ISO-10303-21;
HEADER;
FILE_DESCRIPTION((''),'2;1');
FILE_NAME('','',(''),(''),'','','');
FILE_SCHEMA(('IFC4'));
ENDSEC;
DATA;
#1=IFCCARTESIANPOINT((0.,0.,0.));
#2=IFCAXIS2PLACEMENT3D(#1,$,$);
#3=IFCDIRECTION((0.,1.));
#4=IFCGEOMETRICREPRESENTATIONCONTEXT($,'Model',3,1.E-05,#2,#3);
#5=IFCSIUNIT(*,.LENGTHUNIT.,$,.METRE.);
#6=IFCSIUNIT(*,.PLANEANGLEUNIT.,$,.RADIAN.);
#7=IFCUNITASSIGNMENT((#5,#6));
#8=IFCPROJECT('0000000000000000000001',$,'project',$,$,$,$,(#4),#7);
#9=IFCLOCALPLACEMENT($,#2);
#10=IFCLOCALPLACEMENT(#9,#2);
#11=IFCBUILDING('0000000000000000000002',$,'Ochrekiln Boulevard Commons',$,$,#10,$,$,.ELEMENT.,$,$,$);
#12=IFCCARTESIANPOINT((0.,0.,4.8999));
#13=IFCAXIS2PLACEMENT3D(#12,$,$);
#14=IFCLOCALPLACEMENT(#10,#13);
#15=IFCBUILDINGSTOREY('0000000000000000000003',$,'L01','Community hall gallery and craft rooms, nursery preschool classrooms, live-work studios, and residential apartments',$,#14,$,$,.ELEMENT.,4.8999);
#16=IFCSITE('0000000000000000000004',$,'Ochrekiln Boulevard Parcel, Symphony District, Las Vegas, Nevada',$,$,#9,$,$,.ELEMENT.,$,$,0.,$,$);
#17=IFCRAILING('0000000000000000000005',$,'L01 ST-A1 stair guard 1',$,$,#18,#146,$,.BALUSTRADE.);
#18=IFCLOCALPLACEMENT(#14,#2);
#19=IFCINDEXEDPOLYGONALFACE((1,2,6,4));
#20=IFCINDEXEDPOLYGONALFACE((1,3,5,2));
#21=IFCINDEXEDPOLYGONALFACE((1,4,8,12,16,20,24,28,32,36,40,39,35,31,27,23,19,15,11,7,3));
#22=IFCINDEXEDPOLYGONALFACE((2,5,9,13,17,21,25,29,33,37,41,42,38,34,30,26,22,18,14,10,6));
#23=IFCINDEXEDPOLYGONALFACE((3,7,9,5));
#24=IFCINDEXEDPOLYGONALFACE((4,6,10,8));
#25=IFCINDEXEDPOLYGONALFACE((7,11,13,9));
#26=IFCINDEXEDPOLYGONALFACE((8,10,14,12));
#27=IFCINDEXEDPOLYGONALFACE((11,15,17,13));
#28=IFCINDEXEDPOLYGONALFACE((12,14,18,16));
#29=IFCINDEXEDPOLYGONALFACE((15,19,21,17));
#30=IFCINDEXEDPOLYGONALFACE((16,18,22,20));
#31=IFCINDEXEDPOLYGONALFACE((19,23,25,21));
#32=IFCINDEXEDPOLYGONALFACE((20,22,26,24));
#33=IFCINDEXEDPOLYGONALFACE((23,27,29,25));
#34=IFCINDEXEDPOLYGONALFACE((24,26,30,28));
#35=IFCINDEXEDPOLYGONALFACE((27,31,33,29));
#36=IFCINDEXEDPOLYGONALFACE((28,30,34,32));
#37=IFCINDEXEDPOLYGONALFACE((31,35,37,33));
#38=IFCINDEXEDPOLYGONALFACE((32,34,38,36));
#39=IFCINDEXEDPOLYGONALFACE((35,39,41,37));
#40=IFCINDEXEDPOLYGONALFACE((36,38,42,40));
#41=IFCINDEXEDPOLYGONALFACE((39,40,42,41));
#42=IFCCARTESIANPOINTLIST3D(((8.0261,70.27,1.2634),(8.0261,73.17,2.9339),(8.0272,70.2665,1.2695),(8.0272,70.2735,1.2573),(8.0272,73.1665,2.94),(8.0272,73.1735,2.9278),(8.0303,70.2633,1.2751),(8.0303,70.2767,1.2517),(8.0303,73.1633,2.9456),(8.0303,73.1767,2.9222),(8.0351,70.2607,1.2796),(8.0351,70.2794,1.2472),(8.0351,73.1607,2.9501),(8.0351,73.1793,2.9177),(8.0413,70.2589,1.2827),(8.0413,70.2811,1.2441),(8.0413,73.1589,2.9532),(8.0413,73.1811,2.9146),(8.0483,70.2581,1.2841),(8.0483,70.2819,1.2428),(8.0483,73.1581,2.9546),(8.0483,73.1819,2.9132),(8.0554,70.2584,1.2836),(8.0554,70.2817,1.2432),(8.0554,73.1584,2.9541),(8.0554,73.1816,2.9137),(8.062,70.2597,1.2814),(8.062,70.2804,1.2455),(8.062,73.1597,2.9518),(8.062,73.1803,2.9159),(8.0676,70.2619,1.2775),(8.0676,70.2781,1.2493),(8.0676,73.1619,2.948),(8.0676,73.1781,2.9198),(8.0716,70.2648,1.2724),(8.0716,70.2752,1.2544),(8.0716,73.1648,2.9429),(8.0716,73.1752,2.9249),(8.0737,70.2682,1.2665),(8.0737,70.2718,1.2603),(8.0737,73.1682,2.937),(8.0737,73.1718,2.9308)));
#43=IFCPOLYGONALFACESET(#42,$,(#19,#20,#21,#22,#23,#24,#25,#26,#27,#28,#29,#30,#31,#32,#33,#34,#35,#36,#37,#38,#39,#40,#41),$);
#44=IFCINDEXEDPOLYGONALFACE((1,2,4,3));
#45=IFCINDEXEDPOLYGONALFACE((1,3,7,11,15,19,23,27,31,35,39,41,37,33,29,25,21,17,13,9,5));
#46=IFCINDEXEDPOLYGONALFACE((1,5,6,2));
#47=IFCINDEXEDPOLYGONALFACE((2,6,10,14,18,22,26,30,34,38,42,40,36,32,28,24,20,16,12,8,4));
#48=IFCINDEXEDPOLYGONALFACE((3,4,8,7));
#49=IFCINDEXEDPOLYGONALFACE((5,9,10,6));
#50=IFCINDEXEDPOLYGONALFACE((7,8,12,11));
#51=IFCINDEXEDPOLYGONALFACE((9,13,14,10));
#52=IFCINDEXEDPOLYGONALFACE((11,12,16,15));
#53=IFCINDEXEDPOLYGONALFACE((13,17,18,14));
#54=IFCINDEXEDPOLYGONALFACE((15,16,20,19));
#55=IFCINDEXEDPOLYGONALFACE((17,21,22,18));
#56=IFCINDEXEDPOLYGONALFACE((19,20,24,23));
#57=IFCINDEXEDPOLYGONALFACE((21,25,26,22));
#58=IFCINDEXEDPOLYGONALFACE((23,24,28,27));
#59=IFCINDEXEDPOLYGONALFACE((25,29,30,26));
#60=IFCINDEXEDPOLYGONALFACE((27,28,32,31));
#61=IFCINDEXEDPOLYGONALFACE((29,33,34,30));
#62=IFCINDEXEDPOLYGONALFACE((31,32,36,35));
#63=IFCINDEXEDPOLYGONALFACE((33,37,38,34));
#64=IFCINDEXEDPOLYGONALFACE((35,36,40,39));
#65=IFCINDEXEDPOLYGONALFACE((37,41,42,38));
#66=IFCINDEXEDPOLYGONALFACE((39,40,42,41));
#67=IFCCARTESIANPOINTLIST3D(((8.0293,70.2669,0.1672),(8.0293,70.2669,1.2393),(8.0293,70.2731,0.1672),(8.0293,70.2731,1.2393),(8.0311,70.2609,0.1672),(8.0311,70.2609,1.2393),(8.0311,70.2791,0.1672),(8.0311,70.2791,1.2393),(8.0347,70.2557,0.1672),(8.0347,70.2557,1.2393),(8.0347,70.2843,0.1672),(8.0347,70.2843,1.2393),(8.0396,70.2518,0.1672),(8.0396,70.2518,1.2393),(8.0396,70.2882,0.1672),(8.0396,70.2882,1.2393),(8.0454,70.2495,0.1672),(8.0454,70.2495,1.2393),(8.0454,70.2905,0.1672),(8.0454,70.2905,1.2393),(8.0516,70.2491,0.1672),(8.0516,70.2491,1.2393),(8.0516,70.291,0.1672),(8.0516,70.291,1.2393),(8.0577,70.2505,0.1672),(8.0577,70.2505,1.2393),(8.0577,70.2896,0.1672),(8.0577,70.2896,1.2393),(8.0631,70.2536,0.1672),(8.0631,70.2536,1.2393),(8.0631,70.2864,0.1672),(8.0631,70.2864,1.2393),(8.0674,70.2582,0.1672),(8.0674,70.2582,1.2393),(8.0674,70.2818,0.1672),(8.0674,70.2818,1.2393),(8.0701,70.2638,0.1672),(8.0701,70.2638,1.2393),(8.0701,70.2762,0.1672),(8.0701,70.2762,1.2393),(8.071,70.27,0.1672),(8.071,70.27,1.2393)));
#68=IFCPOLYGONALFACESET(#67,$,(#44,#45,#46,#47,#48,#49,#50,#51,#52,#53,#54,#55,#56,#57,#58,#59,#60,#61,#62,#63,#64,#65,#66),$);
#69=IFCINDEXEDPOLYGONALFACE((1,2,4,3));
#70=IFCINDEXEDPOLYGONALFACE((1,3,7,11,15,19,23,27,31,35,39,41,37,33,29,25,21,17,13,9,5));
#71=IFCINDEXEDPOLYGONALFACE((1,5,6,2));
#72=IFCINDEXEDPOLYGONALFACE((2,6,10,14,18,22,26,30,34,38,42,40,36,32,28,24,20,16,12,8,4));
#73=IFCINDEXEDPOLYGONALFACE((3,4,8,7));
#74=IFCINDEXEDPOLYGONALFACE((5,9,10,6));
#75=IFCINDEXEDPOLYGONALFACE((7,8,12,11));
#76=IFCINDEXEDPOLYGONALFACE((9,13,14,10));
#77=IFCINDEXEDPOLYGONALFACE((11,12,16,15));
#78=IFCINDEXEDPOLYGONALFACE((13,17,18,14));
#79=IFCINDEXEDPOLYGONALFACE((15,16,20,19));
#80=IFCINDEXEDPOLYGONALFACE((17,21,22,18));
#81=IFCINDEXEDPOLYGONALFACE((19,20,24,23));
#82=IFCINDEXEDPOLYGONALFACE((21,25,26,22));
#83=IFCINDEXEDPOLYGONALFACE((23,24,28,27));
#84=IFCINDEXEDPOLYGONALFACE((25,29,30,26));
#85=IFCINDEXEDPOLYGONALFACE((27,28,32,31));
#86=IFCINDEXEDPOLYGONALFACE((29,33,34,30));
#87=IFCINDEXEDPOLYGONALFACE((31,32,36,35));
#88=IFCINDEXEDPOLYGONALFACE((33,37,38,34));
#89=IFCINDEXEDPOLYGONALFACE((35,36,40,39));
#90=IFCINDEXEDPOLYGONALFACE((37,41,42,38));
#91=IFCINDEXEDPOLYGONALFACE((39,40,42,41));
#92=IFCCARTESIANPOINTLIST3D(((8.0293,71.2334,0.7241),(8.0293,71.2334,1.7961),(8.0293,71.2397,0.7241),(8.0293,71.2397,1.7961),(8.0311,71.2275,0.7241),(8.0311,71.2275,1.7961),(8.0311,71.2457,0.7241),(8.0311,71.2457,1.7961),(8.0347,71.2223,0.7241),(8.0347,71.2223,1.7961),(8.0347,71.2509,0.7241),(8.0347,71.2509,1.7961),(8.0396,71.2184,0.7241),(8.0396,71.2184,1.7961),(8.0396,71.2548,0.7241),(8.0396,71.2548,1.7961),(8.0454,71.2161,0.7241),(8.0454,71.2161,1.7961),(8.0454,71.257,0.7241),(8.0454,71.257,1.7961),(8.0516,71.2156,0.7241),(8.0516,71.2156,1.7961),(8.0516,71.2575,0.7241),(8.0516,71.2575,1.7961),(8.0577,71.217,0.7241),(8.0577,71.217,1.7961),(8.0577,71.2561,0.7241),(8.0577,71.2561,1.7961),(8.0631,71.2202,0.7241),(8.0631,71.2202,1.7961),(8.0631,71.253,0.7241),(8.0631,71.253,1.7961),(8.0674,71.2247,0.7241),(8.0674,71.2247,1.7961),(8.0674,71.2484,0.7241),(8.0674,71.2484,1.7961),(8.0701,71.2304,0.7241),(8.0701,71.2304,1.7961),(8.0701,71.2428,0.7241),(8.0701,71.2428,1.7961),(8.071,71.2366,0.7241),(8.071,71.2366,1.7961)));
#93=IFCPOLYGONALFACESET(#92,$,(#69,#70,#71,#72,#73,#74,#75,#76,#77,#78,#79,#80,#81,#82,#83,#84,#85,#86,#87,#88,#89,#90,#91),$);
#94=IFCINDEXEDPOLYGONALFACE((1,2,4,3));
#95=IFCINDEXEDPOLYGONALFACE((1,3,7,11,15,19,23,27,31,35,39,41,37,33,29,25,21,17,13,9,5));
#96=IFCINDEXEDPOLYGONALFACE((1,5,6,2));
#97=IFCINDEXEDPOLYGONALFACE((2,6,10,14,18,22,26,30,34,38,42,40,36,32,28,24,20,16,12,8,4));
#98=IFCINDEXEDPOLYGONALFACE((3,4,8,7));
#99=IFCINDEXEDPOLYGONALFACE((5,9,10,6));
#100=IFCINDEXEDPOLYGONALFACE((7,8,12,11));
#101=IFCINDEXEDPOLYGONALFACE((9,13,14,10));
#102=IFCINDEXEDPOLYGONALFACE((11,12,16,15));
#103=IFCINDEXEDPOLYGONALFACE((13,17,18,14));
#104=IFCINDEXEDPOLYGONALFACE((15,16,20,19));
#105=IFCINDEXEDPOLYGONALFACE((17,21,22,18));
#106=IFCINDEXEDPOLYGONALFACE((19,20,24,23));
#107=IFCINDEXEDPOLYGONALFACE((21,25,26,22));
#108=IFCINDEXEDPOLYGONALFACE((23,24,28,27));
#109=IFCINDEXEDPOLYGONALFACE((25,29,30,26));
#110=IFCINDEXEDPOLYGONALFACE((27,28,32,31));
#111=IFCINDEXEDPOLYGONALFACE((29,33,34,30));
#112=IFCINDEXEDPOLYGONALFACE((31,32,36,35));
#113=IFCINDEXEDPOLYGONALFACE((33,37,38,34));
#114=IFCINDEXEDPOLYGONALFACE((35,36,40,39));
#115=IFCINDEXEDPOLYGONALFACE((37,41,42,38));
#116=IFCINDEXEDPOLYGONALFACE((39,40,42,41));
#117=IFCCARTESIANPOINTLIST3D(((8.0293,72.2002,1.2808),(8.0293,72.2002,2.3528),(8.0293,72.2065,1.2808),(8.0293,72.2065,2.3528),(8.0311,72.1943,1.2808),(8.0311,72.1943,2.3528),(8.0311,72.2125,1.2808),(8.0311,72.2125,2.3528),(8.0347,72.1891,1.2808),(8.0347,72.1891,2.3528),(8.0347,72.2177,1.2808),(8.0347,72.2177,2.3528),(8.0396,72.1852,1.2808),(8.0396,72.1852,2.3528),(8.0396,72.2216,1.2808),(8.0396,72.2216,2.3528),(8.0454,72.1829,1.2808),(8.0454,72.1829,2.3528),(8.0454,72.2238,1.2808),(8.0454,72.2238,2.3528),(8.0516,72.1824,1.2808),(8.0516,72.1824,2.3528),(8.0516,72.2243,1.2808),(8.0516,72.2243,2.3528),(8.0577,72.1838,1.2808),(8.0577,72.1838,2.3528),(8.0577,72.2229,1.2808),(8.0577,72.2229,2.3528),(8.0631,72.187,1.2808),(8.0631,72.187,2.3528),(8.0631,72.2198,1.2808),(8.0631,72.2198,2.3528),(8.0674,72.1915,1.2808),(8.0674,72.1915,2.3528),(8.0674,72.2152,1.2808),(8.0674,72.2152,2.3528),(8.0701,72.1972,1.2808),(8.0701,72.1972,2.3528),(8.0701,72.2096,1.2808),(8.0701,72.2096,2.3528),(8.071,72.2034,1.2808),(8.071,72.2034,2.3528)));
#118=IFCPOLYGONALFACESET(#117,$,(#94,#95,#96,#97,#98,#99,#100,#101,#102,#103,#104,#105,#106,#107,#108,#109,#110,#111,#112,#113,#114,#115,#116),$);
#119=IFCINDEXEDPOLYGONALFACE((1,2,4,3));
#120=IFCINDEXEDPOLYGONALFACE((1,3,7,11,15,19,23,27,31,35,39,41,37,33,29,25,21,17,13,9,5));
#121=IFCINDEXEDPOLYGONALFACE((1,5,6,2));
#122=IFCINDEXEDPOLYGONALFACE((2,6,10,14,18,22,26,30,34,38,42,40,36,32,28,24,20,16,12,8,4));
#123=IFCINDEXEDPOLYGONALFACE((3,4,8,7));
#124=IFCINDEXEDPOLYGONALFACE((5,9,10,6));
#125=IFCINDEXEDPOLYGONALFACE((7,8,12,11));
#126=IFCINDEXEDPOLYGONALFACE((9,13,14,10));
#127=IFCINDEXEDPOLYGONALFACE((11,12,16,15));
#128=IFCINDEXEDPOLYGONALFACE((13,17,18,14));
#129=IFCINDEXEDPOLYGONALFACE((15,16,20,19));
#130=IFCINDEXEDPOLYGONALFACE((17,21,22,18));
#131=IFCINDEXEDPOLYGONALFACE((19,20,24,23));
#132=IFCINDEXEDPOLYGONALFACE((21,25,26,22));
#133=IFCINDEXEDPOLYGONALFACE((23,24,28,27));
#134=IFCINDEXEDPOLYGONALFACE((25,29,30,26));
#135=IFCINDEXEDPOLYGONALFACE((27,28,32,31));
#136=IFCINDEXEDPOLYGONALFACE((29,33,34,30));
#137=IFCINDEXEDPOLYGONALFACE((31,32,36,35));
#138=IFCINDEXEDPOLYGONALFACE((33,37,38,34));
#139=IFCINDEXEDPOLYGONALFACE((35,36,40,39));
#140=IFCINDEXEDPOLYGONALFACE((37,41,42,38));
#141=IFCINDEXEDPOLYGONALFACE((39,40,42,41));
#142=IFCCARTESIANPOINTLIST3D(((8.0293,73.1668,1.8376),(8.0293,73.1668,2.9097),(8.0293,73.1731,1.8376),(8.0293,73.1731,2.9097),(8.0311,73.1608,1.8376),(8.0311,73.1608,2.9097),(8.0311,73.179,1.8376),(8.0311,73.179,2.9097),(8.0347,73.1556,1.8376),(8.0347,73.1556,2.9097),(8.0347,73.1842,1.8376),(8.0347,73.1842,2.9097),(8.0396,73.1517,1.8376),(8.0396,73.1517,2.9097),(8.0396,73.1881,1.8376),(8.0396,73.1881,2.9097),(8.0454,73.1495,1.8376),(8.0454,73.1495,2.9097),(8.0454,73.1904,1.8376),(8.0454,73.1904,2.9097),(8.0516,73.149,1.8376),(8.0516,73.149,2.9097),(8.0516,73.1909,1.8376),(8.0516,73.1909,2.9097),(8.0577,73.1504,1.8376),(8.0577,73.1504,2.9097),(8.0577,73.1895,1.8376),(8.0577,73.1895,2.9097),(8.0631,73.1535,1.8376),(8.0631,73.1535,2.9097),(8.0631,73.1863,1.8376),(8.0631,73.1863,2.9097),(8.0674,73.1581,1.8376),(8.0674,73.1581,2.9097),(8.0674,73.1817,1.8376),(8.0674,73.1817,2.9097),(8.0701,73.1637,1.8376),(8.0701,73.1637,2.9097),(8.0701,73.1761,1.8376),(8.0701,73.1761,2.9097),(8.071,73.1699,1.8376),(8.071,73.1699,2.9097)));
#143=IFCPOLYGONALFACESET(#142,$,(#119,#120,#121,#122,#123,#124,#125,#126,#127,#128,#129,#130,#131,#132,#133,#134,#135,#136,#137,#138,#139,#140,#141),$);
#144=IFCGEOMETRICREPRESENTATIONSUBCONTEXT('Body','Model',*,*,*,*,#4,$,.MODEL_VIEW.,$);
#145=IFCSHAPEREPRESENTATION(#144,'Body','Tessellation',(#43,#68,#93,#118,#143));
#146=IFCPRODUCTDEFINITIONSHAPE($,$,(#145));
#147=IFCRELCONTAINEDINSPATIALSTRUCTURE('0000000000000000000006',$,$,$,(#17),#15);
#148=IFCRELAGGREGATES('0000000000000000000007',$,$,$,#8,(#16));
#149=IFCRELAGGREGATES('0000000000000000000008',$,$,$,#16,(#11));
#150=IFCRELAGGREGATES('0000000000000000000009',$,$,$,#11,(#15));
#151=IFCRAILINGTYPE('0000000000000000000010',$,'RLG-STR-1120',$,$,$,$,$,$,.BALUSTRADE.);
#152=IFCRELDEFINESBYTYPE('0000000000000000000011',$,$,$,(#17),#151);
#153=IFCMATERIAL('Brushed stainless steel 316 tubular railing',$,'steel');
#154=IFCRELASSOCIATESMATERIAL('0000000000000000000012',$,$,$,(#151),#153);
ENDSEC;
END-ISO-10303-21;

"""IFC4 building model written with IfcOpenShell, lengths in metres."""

from ifc_helpers import new_model, si_unit, direction, frame, origin, origin_2d, place, context, subcontext, project, spatial, circle, extrude, material, type_object, element, save


model = new_model("IFC4")

# Units and contexts
model_context = context("Model", 3, precision=1e-05, world=origin(), true_north=direction((0.0, 1.0)))
body_context = subcontext(model_context, "Body", "Model", "MODEL_VIEW")
ifc_project = project(units=[si_unit("LENGTHUNIT", "METRE"), si_unit("PLANEANGLEUNIT", "RADIAN")], contexts=[model_context])

# Site, building, storey
site_placement = place(None, origin())
site = spatial("IfcSite", under=ifc_project, at=site_placement, Name="Ochrekiln Boulevard Parcel, Symphony District, Las Vegas, Nevada", CompositionType="ELEMENT", RefElevation=0.0)
building_placement = place(site_placement, origin())
building = spatial("IfcBuilding", under=site, at=building_placement, Name="Ochrekiln Boulevard Commons", CompositionType="ELEMENT")
storey_placement = place(building_placement, frame((0.0, 0.0, 4.8999)))
storey = spatial("IfcBuildingStorey", under=building, at=storey_placement, Name="L01", Description="Community hall gallery and craft rooms, nursery preschool classrooms, live-work studios, and residential apartments", CompositionType="ELEMENT", Elevation=4.8999)

# Railing
ifc_material_1 = material(Name="Brushed stainless steel 316 tubular railing", Category="steel")
railing_type_1 = type_object("IfcRailingType", Name="RLG-STR-1120", PredefinedType="BALUSTRADE", material=ifc_material_1)
railing_1_placement = place(storey_placement, frame((8.05, 70.27, 0.1672)))
element("IfcRailing", 1, at=railing_1_placement, inside=storey, type_object=railing_type_1, Name="L01 ST-A1 stair guard 1", PredefinedType="BALUSTRADE", context=body_context, shape_type="SweptSolid", body=[
    extrude(circle(Radius=0.0239, at=origin_2d()), frame((0.0, 0.0, 1.0962), z_axis=(0.0, 0.866523, 0.499137), x_axis=(-1.0, 0.0, 0.0)), (0.0, 0.0, 1.0), 3.3467),
    extrude(circle(Radius=0.021, at=origin_2d()), origin(), (0.0, 0.0, 1.0), 1.072),
    extrude(circle(Radius=0.021, at=origin_2d()), frame((0.0, 0.9666, 0.5569)), (0.0, 0.0, 1.0), 1.072),
    extrude(circle(Radius=0.021, at=origin_2d()), frame((0.0, 1.9333, 1.1135)), (0.0, 0.0, 1.0), 1.072),
    extrude(circle(Radius=0.021, at=origin_2d()), frame((0.0, 2.8999, 1.6704)), (0.0, 0.0, 1.0), 1.072),
])

save(model, "model.ifc")
